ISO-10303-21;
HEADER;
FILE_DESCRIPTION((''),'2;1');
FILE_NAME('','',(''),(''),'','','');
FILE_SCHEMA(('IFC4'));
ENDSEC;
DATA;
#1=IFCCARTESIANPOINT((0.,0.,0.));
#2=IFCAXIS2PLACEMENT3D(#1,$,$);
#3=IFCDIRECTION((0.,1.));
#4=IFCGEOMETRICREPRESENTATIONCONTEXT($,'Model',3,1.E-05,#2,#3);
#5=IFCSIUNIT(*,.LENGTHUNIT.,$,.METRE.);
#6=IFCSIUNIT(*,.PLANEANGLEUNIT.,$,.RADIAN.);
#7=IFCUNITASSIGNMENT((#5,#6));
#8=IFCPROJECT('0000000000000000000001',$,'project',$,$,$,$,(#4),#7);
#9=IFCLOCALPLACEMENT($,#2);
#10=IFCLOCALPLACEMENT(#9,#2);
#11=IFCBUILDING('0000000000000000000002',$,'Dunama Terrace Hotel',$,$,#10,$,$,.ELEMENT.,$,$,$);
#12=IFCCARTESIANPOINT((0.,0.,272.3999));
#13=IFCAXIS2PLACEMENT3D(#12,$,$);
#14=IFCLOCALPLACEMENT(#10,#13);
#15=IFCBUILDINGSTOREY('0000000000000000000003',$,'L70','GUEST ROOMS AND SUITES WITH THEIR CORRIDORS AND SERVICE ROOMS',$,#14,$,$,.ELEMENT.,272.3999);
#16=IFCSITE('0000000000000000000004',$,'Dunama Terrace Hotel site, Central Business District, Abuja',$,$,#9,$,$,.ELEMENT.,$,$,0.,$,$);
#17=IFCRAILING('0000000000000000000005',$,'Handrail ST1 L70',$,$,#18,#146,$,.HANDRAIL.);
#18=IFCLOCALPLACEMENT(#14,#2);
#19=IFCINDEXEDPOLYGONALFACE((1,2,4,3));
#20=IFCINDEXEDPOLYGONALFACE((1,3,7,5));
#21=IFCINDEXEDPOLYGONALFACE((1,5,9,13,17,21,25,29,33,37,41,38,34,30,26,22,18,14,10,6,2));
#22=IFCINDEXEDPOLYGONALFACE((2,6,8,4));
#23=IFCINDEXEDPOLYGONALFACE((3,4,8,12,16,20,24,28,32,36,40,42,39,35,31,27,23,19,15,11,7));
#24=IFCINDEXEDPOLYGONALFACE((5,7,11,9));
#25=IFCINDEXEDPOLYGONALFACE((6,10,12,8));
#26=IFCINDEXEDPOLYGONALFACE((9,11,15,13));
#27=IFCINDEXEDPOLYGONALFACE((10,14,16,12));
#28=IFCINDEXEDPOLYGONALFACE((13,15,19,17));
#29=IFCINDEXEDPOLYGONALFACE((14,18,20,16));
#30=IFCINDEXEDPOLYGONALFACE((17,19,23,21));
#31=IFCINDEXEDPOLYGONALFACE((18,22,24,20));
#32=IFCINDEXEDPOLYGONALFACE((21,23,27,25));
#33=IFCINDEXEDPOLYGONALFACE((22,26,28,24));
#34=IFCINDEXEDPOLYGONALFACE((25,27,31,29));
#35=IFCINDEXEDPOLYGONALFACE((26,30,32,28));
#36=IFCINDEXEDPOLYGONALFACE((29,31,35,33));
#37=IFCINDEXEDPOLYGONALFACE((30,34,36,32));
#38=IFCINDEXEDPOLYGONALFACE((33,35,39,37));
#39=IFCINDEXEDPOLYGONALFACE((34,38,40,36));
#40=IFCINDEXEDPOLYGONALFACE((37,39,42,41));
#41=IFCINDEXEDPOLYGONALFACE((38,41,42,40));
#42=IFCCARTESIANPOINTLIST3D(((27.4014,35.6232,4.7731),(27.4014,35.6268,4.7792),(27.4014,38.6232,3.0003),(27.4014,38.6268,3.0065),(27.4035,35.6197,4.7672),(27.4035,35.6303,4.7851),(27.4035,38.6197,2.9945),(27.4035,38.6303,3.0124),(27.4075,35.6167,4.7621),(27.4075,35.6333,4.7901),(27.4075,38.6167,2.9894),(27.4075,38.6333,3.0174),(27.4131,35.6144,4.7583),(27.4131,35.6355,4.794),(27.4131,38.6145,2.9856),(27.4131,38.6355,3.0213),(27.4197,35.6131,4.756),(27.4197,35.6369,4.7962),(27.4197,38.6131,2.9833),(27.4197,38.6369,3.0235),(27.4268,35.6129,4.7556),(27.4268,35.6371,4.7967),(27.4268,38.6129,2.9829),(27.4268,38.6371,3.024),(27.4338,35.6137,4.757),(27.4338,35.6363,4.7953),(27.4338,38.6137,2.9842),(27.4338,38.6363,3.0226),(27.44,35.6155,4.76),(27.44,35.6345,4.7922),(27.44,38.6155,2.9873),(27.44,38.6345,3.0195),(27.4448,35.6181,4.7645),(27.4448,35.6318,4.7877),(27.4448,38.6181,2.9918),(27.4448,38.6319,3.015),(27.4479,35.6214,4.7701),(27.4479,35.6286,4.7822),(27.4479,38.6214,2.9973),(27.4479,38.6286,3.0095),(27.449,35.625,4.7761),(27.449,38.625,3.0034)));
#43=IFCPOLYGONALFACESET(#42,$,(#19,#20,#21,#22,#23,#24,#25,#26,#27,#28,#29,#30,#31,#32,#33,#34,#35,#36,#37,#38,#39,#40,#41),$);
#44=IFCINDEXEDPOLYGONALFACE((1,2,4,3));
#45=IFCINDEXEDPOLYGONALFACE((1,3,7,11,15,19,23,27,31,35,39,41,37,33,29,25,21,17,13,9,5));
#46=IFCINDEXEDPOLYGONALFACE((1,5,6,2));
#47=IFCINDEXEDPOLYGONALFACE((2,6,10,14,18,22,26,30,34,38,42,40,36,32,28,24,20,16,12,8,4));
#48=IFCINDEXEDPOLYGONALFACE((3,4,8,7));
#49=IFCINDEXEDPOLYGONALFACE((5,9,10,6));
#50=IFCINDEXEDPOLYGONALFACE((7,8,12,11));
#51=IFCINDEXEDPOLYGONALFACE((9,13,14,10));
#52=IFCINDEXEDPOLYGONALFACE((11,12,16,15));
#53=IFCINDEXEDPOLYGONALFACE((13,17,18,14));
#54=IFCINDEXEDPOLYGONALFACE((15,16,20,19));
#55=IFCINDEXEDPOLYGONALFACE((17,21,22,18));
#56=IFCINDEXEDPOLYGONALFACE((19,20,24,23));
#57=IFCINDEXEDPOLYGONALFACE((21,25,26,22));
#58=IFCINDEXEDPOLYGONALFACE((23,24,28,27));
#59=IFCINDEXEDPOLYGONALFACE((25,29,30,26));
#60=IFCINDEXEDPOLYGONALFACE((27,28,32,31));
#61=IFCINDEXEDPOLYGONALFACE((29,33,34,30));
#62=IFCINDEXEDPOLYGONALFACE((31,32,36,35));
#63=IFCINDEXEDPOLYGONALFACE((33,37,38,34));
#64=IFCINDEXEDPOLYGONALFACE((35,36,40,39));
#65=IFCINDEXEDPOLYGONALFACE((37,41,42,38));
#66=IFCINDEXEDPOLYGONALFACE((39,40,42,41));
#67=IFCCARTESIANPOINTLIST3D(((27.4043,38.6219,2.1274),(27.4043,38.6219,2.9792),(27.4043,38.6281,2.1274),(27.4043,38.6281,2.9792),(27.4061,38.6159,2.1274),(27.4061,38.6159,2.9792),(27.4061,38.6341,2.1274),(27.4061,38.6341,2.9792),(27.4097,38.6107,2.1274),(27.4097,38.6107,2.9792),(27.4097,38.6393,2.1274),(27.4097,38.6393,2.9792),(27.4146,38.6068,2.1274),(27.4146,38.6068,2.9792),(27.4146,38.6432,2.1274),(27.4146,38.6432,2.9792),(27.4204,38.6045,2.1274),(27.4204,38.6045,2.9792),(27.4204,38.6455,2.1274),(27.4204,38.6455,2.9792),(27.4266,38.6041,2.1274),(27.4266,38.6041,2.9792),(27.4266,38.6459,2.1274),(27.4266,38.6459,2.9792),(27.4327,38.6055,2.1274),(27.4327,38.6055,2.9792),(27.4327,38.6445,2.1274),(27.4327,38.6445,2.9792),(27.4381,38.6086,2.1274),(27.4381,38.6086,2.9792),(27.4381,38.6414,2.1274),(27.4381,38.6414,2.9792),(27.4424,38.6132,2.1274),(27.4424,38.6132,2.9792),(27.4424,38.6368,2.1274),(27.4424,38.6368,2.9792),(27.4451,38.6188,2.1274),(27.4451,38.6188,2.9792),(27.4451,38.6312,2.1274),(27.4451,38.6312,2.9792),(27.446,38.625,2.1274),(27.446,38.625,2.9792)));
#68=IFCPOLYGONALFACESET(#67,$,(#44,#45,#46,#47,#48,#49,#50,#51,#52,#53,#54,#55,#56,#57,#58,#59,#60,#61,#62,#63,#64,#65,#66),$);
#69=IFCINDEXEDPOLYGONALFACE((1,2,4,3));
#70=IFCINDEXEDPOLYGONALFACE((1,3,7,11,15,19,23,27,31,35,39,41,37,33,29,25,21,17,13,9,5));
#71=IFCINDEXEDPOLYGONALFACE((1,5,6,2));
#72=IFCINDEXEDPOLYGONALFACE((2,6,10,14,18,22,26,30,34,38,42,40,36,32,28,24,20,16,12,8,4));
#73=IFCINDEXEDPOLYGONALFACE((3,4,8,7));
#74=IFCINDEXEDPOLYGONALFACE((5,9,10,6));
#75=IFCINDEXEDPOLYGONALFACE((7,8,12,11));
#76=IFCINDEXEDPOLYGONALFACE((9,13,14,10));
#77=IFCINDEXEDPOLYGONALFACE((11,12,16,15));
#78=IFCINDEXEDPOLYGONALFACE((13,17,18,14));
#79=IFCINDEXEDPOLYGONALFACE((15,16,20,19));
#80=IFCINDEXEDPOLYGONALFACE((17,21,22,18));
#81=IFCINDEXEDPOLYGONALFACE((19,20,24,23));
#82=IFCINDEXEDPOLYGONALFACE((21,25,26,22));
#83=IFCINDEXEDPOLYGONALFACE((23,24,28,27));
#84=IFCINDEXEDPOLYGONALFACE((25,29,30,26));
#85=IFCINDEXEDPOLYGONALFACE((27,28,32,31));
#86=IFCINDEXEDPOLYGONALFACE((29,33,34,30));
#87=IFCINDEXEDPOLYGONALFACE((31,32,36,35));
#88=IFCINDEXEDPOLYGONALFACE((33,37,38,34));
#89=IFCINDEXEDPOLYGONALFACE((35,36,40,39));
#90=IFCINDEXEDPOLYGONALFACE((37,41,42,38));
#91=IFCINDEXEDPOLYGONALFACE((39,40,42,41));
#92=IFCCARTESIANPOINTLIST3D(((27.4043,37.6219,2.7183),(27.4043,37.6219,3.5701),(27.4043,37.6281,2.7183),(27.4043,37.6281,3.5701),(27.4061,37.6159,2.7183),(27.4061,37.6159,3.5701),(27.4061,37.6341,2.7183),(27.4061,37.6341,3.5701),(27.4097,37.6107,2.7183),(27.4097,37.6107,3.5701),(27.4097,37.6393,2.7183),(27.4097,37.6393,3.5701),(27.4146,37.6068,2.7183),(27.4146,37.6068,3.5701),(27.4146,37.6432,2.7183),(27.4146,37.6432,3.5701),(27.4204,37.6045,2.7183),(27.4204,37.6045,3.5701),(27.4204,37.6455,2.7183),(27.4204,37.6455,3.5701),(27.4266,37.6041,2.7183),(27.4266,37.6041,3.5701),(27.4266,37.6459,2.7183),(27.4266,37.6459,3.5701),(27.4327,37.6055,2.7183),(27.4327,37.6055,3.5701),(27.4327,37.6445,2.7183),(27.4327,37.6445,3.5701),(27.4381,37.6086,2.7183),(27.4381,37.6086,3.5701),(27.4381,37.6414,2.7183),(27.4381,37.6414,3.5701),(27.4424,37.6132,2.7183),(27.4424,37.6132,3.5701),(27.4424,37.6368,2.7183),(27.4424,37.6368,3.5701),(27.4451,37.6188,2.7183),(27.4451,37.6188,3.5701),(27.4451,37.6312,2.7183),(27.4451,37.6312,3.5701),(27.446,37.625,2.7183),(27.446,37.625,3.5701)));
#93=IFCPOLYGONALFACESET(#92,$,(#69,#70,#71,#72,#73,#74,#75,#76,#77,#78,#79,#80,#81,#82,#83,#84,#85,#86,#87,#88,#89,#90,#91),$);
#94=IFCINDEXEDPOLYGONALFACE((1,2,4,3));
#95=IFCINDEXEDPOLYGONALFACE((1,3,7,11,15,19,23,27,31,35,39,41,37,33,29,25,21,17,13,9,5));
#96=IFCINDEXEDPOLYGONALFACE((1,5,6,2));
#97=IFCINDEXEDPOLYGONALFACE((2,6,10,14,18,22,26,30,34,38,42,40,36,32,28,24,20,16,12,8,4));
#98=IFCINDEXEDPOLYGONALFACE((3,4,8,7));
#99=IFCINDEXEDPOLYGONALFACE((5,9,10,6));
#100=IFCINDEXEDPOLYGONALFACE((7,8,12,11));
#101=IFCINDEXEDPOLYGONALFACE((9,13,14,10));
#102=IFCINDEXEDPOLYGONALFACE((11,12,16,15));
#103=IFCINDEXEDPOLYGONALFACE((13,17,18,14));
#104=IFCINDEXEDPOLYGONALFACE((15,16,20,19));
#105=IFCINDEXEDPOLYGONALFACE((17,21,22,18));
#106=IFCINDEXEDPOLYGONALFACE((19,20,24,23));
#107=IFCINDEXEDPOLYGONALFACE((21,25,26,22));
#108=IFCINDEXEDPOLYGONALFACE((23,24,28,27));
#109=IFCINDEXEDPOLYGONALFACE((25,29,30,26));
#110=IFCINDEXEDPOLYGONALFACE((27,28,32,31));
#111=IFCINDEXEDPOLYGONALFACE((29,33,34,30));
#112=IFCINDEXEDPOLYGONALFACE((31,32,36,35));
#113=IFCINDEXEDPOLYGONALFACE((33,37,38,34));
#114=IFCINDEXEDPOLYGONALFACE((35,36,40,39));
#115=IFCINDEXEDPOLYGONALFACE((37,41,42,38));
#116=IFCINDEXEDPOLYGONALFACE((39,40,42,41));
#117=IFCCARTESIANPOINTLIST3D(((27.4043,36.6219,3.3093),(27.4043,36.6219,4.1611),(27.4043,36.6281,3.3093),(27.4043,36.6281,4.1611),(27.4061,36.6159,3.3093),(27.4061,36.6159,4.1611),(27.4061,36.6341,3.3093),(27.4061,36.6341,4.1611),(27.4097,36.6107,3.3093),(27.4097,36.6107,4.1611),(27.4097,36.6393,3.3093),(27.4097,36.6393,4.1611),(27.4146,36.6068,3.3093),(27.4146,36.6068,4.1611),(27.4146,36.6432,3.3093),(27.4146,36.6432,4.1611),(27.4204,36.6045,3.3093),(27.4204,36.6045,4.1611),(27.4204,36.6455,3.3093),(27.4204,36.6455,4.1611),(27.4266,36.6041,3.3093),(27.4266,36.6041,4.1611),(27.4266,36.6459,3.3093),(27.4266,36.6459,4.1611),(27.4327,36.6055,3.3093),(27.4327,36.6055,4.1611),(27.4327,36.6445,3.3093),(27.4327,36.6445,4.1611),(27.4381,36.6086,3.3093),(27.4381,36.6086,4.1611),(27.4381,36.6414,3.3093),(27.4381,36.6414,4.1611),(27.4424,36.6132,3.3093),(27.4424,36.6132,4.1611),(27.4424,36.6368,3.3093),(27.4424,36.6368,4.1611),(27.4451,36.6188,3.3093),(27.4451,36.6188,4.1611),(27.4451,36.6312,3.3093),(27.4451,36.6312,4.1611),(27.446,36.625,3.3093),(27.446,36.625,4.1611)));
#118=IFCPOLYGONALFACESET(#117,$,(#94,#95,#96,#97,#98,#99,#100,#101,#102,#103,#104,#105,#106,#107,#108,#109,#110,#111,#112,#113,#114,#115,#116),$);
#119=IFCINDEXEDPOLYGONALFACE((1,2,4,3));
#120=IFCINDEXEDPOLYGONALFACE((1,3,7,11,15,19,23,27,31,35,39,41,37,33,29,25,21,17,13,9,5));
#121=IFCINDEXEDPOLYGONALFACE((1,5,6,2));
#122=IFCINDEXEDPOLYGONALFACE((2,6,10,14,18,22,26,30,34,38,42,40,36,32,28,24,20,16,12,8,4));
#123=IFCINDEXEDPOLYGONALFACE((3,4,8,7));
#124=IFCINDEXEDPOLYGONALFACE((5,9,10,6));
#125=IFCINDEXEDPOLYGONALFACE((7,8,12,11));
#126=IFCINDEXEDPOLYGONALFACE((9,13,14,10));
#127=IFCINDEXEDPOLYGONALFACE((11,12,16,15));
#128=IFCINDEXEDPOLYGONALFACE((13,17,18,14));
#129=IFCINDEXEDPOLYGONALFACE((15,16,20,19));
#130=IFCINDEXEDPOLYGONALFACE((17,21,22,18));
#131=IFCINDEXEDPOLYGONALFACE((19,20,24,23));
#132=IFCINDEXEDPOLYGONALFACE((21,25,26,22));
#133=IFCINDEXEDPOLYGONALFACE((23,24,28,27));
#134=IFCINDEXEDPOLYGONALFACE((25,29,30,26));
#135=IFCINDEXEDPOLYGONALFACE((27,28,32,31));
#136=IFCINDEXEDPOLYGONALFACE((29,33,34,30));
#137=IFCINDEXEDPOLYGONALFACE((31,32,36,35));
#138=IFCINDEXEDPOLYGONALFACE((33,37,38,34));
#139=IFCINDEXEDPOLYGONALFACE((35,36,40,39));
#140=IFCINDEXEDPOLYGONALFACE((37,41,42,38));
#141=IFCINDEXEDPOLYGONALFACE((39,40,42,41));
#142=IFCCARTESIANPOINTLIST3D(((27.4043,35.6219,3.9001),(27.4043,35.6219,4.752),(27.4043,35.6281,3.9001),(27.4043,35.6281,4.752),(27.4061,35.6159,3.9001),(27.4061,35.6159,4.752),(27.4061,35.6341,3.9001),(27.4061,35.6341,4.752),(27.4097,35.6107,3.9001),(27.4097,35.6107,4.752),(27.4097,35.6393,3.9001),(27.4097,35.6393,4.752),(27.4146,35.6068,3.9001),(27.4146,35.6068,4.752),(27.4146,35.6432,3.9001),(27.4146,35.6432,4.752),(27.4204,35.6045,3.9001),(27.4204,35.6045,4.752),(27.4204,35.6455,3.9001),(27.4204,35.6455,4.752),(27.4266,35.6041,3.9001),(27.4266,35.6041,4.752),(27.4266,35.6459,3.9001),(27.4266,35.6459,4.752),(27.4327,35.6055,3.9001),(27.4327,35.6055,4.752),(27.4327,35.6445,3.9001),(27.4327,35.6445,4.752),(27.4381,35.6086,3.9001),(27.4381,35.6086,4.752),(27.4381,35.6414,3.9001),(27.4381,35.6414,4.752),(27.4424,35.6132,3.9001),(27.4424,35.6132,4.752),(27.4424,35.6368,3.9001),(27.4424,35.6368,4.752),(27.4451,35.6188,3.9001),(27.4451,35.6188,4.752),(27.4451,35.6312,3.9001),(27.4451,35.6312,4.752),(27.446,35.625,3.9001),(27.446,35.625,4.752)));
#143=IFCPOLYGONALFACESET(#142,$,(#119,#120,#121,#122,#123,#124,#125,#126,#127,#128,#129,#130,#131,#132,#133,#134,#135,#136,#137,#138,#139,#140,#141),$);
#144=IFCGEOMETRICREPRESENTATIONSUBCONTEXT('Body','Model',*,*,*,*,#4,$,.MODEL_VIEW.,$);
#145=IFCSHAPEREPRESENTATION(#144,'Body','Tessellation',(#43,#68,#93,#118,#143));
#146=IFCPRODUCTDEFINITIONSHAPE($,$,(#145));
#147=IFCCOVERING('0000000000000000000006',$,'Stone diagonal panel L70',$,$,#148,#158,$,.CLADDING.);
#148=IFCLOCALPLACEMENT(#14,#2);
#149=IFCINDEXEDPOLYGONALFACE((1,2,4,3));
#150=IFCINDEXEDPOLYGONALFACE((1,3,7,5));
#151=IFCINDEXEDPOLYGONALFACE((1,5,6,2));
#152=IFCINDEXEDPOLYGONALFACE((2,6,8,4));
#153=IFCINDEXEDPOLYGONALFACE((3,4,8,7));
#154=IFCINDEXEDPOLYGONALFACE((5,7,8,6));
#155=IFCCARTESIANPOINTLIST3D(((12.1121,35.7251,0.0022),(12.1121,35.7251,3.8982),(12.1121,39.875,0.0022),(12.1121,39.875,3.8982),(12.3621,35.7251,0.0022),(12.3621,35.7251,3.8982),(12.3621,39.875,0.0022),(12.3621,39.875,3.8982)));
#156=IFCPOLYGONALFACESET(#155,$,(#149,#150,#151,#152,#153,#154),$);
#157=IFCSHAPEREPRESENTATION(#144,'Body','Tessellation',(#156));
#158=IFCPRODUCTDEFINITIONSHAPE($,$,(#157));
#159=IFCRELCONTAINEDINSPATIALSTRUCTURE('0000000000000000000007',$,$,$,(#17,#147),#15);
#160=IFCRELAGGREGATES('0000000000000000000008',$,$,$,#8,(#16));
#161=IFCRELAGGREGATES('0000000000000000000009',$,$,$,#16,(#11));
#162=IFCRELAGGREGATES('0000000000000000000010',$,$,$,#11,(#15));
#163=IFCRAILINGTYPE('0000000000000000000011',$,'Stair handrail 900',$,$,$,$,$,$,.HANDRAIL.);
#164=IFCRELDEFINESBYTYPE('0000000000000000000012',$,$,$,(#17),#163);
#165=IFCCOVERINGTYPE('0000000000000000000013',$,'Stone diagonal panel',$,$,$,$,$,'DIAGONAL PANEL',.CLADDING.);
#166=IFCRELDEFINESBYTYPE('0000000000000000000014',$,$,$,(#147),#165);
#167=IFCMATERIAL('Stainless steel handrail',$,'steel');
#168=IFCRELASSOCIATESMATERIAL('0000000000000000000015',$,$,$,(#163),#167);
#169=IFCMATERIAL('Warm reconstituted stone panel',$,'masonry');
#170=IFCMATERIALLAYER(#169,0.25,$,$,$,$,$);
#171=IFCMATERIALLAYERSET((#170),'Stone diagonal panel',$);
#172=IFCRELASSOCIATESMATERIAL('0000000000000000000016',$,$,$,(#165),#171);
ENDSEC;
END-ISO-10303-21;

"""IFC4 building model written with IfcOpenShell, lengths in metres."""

from ifc_helpers import new_model, si_unit, direction, frame, origin, origin_2d, place, context, subcontext, project, spatial, rectangle, circle, extrude, material, layer, layer_set, type_object, element, save


model = new_model("IFC4")

# Units and contexts
model_context = context("Model", 3, precision=1e-05, world=origin(), true_north=direction((0.0, 1.0)))
body_context = subcontext(model_context, "Body", "Model", "MODEL_VIEW")
ifc_project = project(units=[si_unit("LENGTHUNIT", "METRE"), si_unit("PLANEANGLEUNIT", "RADIAN")], contexts=[model_context])

# Site, building, storey
site_placement = place(None, origin())
site = spatial("IfcSite", under=ifc_project, at=site_placement, Name="Dunama Terrace Hotel site, Central Business District, Abuja", CompositionType="ELEMENT", RefElevation=0.0)
building_placement = place(site_placement, origin())
building = spatial("IfcBuilding", under=site, at=building_placement, Name="Dunama Terrace Hotel", CompositionType="ELEMENT")
storey_placement = place(building_placement, frame((0.0, 0.0, 272.3999)))
storey = spatial("IfcBuildingStorey", under=building, at=storey_placement, Name="L70", Description="GUEST ROOMS AND SUITES WITH THEIR CORRIDORS AND SERVICE ROOMS", CompositionType="ELEMENT", Elevation=272.3999)

# Railing
ifc_material_1 = material(Name="Stainless steel handrail", Category="steel")
railing_type = type_object("IfcRailingType", Name="Stair handrail 900", PredefinedType="HANDRAIL", material=ifc_material_1)
railing_placement = place(storey_placement, frame((27.425, 38.625, 2.1274)))
element("IfcRailing", 1, at=railing_placement, inside=storey, type_object=railing_type, Name="Handrail ST1 L70", PredefinedType="HANDRAIL", context=body_context, shape_type="SweptSolid", body=[
    extrude(circle(Radius=0.0239, at=origin_2d()), frame((0.0, 0.0, 0.876), z_axis=(0.0, -0.860929, 0.508725), x_axis=(1.0, 0.0, 0.0)), (0.0, 0.0, 1.0), 3.4846),
    extrude(circle(Radius=0.021, at=origin_2d()), origin(), (0.0, 0.0, 1.0), 0.8518),
    extrude(circle(Radius=0.021, at=origin_2d()), frame((0.0, -1.0, 0.5908)), (0.0, 0.0, 1.0), 0.8518),
    extrude(circle(Radius=0.021, at=origin_2d()), frame((0.0, -2.0, 1.1819)), (0.0, 0.0, 1.0), 0.8518),
    extrude(circle(Radius=0.021, at=origin_2d()), frame((0.0, -3.0, 1.7727)), (0.0, 0.0, 1.0), 0.8518),
])

# Covering
ifc_material_2 = material(Name="Warm reconstituted stone panel", Category="masonry")
ifc_layer_1 = layer(ifc_material_2, 0.25)
ifc_layer_set_1 = layer_set([ifc_layer_1], Name="Stone diagonal panel")
covering_type = type_object("IfcCoveringType", Name="Stone diagonal panel", ElementType="DIAGONAL PANEL", PredefinedType="CLADDING", material=ifc_layer_set_1)
covering_placement = place(storey_placement, frame((12.2371, 37.8, 0.0022), z_axis=(0.0, 0.0, 1.0), x_axis=(0.0, -1.0, 0.0)))
element("IfcCovering", 2, at=covering_placement, inside=storey, type_object=covering_type, Name="Stone diagonal panel L70", PredefinedType="CLADDING", context=body_context, shape_type="SweptSolid", body=[
    extrude(rectangle(XDim=4.1499, YDim=0.25, at=origin_2d()), origin(), (0.0, 0.0, 1.0), 3.896),
])

save(model, "model.ifc")
